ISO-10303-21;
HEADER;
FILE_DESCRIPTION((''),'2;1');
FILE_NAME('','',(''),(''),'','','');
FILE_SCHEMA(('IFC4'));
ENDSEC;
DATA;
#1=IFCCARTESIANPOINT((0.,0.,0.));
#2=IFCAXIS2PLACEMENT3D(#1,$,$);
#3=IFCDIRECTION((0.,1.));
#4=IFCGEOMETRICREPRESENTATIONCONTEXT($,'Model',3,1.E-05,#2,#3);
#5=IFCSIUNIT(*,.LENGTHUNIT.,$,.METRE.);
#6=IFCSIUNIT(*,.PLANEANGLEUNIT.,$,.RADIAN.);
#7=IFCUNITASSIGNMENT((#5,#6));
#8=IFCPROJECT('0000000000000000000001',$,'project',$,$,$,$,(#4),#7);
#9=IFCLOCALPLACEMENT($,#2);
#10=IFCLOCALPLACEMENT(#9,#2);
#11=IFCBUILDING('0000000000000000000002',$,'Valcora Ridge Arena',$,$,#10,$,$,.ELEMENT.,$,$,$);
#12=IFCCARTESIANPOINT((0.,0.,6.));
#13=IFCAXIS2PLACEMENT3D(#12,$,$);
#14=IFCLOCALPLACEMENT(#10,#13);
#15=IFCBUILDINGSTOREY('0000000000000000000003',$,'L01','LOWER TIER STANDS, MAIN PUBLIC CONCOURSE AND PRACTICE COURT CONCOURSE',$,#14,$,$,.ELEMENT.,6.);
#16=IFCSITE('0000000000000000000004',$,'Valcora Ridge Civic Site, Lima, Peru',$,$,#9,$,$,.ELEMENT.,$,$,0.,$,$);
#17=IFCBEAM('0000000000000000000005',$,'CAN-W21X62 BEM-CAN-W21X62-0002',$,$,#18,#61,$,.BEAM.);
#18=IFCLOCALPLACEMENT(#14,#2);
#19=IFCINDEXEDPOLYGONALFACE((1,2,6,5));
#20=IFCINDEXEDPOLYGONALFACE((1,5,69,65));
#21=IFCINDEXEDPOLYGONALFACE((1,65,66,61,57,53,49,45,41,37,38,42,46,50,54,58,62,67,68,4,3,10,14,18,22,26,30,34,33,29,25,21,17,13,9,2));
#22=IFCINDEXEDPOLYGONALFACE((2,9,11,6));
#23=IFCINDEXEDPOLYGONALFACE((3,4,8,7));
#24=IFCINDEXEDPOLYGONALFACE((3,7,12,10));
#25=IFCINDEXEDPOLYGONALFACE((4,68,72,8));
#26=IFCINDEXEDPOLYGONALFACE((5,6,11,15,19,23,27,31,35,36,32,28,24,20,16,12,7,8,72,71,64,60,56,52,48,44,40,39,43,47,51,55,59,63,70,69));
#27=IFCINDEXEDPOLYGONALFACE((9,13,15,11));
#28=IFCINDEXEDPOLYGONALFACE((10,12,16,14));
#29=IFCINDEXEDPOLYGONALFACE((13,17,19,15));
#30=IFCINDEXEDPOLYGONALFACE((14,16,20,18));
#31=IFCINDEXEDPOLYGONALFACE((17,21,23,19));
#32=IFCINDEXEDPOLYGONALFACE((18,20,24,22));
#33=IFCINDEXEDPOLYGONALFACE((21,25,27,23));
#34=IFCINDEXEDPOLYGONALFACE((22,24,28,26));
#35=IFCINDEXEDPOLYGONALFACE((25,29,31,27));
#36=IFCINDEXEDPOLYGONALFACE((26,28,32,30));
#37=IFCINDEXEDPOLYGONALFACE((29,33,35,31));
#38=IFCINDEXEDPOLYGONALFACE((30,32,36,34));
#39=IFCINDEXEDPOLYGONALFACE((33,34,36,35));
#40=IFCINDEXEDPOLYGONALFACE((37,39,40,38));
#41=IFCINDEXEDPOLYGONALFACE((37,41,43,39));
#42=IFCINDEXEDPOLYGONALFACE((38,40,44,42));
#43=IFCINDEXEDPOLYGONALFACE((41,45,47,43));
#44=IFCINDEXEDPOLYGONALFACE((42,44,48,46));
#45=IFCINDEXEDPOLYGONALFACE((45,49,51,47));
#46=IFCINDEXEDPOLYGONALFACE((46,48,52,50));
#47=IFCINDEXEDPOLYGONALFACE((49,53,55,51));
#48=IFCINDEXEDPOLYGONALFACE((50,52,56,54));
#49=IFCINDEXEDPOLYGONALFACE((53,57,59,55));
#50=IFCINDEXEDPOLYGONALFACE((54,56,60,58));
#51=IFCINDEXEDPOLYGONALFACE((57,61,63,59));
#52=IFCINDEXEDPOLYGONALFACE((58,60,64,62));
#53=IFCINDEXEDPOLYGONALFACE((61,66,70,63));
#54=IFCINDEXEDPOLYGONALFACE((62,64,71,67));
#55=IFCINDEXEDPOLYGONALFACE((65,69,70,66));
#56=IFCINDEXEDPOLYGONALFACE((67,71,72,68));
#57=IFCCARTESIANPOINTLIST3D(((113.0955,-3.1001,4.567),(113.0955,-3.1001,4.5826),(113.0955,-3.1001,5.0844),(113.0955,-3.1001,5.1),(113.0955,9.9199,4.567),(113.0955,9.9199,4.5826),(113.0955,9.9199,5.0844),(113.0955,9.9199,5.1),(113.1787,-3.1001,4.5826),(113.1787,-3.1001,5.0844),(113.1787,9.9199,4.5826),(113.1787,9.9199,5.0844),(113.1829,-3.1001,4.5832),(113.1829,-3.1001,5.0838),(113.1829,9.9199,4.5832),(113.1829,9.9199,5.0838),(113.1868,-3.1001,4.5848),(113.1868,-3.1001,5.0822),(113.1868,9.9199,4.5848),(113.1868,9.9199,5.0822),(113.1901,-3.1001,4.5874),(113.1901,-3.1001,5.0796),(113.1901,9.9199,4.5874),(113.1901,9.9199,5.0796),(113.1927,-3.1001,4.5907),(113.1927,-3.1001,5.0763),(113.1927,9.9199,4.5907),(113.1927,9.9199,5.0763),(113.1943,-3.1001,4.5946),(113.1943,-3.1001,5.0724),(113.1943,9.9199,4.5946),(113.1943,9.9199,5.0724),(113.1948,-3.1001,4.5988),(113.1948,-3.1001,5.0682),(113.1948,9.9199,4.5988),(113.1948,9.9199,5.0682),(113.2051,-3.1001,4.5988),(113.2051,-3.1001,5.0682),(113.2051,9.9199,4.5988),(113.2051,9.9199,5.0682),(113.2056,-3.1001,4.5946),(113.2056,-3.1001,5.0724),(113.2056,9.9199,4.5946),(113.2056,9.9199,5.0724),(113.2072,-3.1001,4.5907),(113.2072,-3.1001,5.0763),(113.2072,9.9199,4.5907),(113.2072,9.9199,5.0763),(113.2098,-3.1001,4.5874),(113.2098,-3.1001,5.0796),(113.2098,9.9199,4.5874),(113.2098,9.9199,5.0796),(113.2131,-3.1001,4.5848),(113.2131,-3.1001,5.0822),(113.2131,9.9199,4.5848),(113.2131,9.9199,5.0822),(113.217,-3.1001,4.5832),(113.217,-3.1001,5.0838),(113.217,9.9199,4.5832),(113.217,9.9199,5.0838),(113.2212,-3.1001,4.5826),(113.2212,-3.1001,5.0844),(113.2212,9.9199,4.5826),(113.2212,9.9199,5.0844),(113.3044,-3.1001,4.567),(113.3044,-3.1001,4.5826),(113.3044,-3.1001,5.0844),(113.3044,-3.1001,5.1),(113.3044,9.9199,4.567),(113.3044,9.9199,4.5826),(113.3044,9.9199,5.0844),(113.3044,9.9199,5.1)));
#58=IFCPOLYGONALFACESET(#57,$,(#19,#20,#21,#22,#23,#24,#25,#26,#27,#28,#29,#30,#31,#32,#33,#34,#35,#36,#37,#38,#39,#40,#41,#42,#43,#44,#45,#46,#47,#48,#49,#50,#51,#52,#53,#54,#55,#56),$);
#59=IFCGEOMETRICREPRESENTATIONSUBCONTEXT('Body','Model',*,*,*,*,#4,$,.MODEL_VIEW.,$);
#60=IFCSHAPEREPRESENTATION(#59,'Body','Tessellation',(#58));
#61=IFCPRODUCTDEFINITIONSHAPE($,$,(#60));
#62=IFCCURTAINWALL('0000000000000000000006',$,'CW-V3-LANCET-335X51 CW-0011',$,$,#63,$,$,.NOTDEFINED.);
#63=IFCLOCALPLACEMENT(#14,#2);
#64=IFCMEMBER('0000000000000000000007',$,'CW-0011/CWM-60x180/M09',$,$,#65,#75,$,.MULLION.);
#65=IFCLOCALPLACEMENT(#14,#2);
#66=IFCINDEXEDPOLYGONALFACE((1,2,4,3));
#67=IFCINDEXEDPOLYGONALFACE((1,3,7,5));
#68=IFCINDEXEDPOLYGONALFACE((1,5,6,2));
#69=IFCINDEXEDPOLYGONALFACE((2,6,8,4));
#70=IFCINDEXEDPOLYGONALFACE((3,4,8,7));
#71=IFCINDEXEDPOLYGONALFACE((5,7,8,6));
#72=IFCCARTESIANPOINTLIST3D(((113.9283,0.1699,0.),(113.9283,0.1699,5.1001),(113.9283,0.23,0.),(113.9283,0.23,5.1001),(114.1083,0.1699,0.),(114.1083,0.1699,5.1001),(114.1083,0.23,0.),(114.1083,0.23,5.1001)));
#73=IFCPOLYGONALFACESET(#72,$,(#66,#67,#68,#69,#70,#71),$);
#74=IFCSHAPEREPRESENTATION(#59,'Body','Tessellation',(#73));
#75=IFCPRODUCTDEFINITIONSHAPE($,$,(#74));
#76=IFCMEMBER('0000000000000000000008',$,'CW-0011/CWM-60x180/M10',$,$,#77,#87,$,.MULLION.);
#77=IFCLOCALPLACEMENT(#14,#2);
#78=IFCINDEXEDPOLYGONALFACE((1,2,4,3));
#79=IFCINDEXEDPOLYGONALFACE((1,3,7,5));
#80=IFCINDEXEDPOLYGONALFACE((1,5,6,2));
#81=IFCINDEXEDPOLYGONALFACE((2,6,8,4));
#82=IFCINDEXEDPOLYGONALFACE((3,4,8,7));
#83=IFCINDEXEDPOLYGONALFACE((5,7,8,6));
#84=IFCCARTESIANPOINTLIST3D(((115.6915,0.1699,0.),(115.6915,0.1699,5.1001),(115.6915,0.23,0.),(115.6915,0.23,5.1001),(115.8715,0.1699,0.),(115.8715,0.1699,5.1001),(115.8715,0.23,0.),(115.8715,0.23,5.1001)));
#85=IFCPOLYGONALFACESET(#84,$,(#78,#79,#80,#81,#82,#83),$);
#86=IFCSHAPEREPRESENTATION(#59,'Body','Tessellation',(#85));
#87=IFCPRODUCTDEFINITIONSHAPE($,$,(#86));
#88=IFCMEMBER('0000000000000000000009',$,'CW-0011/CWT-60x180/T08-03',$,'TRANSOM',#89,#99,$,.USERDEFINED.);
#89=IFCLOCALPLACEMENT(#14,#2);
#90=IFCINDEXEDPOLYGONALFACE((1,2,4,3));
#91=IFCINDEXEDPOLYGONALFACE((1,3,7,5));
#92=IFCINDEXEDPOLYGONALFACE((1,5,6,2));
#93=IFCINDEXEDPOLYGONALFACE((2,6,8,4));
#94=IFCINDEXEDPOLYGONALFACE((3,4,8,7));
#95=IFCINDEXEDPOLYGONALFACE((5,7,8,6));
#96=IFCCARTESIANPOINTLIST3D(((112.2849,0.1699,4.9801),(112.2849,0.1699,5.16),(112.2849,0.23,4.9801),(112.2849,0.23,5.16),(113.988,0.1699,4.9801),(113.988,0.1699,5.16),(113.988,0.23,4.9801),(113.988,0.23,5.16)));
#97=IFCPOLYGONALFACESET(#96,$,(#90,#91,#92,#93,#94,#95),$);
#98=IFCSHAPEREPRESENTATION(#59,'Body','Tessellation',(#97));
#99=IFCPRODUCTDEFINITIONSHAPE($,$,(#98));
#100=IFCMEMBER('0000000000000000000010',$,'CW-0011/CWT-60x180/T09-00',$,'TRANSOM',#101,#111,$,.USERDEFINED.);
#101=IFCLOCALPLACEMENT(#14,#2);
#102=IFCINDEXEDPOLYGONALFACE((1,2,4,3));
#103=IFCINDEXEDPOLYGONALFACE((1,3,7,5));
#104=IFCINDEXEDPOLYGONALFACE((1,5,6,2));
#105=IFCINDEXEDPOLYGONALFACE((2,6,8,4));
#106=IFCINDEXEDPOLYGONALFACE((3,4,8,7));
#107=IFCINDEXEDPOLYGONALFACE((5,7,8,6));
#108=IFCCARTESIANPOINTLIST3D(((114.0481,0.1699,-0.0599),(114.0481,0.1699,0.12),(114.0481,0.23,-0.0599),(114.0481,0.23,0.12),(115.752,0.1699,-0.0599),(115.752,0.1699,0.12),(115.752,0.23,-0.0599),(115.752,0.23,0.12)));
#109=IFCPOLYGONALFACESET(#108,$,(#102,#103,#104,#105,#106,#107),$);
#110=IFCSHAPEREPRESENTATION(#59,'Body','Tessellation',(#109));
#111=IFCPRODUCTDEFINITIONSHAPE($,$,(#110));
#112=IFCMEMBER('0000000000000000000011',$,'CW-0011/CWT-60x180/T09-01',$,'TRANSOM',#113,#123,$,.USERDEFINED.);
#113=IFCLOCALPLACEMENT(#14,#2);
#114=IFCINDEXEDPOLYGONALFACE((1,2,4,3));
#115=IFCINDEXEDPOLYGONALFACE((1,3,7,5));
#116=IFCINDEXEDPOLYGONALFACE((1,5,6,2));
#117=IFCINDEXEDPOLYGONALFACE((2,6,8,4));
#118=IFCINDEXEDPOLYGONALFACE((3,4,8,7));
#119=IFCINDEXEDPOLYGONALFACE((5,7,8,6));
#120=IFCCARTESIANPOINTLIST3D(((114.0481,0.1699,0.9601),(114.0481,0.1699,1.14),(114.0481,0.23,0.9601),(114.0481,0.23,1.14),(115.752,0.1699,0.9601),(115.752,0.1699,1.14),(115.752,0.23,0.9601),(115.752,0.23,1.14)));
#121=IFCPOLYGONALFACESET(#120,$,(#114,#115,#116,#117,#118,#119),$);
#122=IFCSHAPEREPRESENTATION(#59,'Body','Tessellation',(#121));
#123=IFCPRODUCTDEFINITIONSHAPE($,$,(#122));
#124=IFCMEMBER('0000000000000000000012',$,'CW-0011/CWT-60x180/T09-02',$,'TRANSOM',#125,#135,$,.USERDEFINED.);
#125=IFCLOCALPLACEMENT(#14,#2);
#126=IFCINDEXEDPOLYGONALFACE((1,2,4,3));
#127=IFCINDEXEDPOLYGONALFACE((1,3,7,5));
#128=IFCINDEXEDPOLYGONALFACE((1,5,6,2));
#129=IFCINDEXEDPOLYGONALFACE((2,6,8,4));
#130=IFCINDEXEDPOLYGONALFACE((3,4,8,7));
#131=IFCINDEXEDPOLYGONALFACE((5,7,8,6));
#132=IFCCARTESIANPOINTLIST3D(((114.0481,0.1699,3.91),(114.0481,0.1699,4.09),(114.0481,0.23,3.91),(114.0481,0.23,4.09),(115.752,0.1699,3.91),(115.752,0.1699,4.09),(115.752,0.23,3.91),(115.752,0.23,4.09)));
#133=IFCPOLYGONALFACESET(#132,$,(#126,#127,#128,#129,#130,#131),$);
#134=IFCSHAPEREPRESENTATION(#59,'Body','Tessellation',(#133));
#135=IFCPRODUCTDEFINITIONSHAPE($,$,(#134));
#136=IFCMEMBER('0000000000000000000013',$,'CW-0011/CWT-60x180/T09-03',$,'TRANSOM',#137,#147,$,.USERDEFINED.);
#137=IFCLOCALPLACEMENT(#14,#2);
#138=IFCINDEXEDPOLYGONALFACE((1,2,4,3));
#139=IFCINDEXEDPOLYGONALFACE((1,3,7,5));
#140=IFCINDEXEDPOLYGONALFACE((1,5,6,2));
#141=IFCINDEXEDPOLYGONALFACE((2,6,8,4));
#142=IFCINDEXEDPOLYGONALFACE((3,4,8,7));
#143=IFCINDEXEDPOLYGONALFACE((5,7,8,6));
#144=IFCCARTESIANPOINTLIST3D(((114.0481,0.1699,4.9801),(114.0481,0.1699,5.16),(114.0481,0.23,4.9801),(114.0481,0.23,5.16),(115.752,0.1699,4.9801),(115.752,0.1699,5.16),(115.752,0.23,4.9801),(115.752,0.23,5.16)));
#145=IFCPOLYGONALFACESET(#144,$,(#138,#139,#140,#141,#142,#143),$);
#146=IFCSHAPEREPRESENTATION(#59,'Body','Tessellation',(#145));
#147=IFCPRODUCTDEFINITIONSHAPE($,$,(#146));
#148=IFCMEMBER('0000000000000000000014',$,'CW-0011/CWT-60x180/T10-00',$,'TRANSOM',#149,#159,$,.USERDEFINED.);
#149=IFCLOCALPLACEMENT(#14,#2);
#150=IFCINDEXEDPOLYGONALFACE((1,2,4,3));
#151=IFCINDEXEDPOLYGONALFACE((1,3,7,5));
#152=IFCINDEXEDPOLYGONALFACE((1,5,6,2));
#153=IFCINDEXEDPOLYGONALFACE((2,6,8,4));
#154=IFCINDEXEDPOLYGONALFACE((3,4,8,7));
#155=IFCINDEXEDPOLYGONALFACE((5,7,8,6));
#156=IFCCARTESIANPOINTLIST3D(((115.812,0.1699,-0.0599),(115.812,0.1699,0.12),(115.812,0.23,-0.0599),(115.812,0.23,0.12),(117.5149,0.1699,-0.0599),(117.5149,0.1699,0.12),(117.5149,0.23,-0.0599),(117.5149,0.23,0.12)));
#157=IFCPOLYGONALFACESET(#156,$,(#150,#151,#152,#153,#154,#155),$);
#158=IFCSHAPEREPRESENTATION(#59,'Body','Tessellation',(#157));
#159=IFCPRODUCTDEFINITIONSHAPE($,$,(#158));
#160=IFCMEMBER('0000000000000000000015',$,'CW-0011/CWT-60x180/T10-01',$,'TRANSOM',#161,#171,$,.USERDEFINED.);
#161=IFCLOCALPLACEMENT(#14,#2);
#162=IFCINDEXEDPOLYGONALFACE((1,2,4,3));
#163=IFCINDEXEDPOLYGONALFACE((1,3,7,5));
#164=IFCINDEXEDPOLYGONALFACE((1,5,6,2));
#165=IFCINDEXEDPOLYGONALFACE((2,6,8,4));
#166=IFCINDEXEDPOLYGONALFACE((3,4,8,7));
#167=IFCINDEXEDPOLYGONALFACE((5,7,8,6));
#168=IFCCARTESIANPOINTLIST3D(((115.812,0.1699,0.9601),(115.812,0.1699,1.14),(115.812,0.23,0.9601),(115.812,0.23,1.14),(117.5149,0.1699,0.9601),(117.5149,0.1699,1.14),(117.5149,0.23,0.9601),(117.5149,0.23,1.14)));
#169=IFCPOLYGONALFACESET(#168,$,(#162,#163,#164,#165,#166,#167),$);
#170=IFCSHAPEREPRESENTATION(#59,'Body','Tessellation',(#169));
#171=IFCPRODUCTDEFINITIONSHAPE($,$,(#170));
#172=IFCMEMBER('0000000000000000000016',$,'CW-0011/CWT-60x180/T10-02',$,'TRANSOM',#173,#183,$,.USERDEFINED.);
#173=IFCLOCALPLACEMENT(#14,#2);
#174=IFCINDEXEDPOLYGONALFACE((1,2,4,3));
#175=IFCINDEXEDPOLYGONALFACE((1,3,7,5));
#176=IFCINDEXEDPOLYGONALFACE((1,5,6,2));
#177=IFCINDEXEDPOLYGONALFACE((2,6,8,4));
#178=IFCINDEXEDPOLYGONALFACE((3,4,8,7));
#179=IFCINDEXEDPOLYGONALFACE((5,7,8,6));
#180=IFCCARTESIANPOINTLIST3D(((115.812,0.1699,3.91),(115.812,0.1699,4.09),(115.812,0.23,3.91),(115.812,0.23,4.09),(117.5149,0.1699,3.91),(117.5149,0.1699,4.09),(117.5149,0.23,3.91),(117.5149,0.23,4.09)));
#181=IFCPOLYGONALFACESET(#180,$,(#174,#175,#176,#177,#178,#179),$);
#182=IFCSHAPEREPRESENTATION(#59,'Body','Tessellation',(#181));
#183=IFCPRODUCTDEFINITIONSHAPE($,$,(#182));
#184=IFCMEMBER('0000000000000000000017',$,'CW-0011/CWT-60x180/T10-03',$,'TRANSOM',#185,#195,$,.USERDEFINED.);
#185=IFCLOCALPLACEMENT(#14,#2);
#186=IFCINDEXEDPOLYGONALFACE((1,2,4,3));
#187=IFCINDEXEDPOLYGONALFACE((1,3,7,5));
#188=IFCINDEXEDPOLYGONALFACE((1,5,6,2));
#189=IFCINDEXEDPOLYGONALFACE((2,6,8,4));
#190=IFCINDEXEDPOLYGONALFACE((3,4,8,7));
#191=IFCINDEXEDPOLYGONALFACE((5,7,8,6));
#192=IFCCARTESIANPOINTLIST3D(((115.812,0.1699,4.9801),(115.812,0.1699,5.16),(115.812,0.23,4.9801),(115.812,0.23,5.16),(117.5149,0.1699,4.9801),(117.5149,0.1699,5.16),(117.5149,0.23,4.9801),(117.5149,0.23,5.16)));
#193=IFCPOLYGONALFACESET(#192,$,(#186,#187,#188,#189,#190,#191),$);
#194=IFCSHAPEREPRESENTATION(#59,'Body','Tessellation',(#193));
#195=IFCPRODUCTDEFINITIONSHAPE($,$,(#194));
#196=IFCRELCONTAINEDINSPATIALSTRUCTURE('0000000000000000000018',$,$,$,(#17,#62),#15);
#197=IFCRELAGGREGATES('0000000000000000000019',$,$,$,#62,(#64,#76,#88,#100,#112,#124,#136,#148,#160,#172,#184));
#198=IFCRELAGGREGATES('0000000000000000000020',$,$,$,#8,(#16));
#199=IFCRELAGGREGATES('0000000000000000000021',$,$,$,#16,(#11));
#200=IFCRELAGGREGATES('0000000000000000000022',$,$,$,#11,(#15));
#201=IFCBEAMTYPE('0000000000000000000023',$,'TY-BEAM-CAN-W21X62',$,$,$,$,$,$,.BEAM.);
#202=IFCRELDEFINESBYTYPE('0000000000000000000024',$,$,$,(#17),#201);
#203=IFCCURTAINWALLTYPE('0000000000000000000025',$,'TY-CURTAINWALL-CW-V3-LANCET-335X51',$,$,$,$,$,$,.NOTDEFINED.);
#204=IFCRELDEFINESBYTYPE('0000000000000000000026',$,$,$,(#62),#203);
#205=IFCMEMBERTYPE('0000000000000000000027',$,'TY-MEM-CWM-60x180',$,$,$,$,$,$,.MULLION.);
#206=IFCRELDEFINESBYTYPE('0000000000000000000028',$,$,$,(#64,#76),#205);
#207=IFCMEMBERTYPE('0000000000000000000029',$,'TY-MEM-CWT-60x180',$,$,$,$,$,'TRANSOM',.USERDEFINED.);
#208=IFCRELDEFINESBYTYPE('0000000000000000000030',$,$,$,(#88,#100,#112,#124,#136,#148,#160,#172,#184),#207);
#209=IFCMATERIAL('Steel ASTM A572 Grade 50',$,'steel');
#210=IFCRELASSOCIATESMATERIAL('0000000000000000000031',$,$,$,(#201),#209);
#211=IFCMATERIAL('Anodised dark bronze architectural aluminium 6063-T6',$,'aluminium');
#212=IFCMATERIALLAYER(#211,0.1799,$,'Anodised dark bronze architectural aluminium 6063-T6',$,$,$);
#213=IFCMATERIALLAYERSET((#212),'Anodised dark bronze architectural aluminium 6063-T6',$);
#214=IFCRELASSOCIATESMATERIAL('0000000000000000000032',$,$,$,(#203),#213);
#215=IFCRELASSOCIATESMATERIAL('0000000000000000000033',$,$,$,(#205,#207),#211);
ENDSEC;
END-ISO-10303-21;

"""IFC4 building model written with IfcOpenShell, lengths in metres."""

from ifc_helpers import new_model, si_unit, direction, frame, origin, origin_2d, place, context, subcontext, project, spatial, rectangle, i_section, extrude, material, layer, layer_set, material_profile, profile_set, type_object, element, aggregate, save


model = new_model("IFC4")

# Units and contexts
model_context = context("Model", 3, precision=1e-05, world=origin(), true_north=direction((0.0, 1.0)))
body_context = subcontext(model_context, "Body", "Model", "MODEL_VIEW")
ifc_project = project(units=[si_unit("LENGTHUNIT", "METRE"), si_unit("PLANEANGLEUNIT", "RADIAN")], contexts=[model_context])

# Site, building, storey
site_placement = place(None, origin())
site = spatial("IfcSite", under=ifc_project, at=site_placement, Name="Valcora Ridge Civic Site, Lima, Peru", CompositionType="ELEMENT", RefElevation=0.0)
building_placement = place(site_placement, origin())
building = spatial("IfcBuilding", under=site, at=building_placement, Name="Valcora Ridge Arena", CompositionType="ELEMENT")
storey_placement = place(building_placement, frame((0.0, 0.0, 6.0)))
storey = spatial("IfcBuildingStorey", under=building, at=storey_placement, Name="L01", Description="LOWER TIER STANDS, MAIN PUBLIC CONCOURSE AND PRACTICE COURT CONCOURSE", CompositionType="ELEMENT", Elevation=6.0)

# Beam
ifc_material_1 = material(Name="Steel ASTM A572 Grade 50", Category="steel")
ifc_material_profile_1 = material_profile(ifc_material_1, i_section(OverallWidth=0.209, OverallDepth=0.533, WebThickness=0.0103, FlangeThickness=0.0156, FilletRadius=0.0161, at=origin_2d()), Name="W21X62")
ifc_profile_set_1 = profile_set([ifc_material_profile_1], Name="Steel ASTM A572 Grade 50")
beam_type = type_object("IfcBeamType", Name="TY-BEAM-CAN-W21X62", PredefinedType="BEAM", material=ifc_profile_set_1)
beam_placement = place(storey_placement, frame((113.2, -3.1001, 4.8335), z_axis=(0.0, 1.0, 0.0), x_axis=(-1.0, 0.0, 0.0)))
element("IfcBeam", 1, at=beam_placement, inside=storey, type_object=beam_type, Name="CAN-W21X62 BEM-CAN-W21X62-0002", PredefinedType="BEAM", context=body_context, shape_type="SweptSolid", body=[
    extrude(i_section(OverallWidth=0.209, OverallDepth=0.533, WebThickness=0.0103, FlangeThickness=0.0156, FilletRadius=0.0161, at=origin_2d()), origin(), (0.0, 0.0, 1.0), 13.02),
])

# Curtain wall, members
ifc_material_2 = material(Name="Anodised dark bronze architectural aluminium 6063-T6", Category="aluminium")
ifc_layer_1 = layer(ifc_material_2, 0.1799, Name="Anodised dark bronze architectural aluminium 6063-T6")
ifc_layer_set_1 = layer_set([ifc_layer_1], Name="Anodised dark bronze architectural aluminium 6063-T6")
curtain_wall_type = type_object("IfcCurtainWallType", Name="TY-CURTAINWALL-CW-V3-LANCET-335X51", PredefinedType="NOTDEFINED", material=ifc_layer_set_1)
curtain_wall_placement = place(storey_placement, origin())
curtain_wall = element("IfcCurtainWall", 2, at=curtain_wall_placement, inside=storey, type_object=curtain_wall_type, Name="CW-V3-LANCET-335X51 CW-0011", PredefinedType="NOTDEFINED")
ifc_material_profile_2 = material_profile(ifc_material_2, rectangle(XDim=0.0601, YDim=0.1799, at=origin_2d()), Name="ALU MULLION 60x180")
ifc_profile_set_2 = profile_set([ifc_material_profile_2], Name="Anodised dark bronze architectural aluminium 6063-T6")
member_type_1 = type_object("IfcMemberType", Name="TY-MEM-CWM-60x180", PredefinedType="MULLION", material=ifc_profile_set_2)
member_1_placement = place(storey_placement, frame((114.0183, 0.2, 0.0), z_axis=(0.0, 0.0, 1.0), x_axis=(0.0, 1.0, 0.0)))
member_1 = element("IfcMember", 3, at=member_1_placement, type_object=member_type_1, Name="CW-0011/CWM-60x180/M09", PredefinedType="MULLION", context=body_context, shape_type="SweptSolid", body=[
    extrude(rectangle(XDim=0.0601, YDim=0.1799, at=origin_2d()), origin(), (0.0, 0.0, 1.0), 5.1001),
])
member_2_placement = place(storey_placement, frame((115.7815, 0.2, 0.0), z_axis=(0.0, 0.0, 1.0), x_axis=(0.0, 1.0, 0.0)))
member_2 = element("IfcMember", 4, at=member_2_placement, type_object=member_type_1, Name="CW-0011/CWM-60x180/M10", PredefinedType="MULLION", context=body_context, shape_type="SweptSolid", body=[
    extrude(rectangle(XDim=0.0601, YDim=0.1799, at=origin_2d()), origin(), (0.0, 0.0, 1.0), 5.1001),
])
ifc_material_profile_3 = material_profile(ifc_material_2, rectangle(XDim=0.0601, YDim=0.1799, at=origin_2d()), Name="ALU TRANSOM 60x180")
ifc_profile_set_3 = profile_set([ifc_material_profile_3], Name="Anodised dark bronze architectural aluminium 6063-T6")
member_type_2 = type_object("IfcMemberType", Name="TY-MEM-CWT-60x180", ElementType="TRANSOM", PredefinedType="USERDEFINED", material=ifc_profile_set_3)
member_3_placement = place(storey_placement, frame((112.2849, 0.2, 5.0701), z_axis=(1.0, 0.0, 0.0), x_axis=(0.0, 1.0, 0.0)))
member_3 = element("IfcMember", 5, at=member_3_placement, type_object=member_type_2, Name="CW-0011/CWT-60x180/T08-03", ObjectType="TRANSOM", PredefinedType="USERDEFINED", context=body_context, shape_type="SweptSolid", body=[
    extrude(rectangle(XDim=0.0601, YDim=0.1799, at=origin_2d()), origin(), (0.0, 0.0, 1.0), 1.7031),
])
member_4_placement = place(storey_placement, frame((114.0481, 0.2, 0.03), z_axis=(1.0, 0.0, 0.0), x_axis=(0.0, 1.0, 0.0)))
member_4 = element("IfcMember", 6, at=member_4_placement, type_object=member_type_2, Name="CW-0011/CWT-60x180/T09-00", ObjectType="TRANSOM", PredefinedType="USERDEFINED", context=body_context, shape_type="SweptSolid", body=[
    extrude(rectangle(XDim=0.0601, YDim=0.1799, at=origin_2d()), origin(), (0.0, 0.0, 1.0), 1.7039),
])
member_5_placement = place(storey_placement, frame((114.0481, 0.2, 1.05), z_axis=(1.0, 0.0, 0.0), x_axis=(0.0, 1.0, 0.0)))
member_5 = element("IfcMember", 7, at=member_5_placement, type_object=member_type_2, Name="CW-0011/CWT-60x180/T09-01", ObjectType="TRANSOM", PredefinedType="USERDEFINED", context=body_context, shape_type="SweptSolid", body=[
    extrude(rectangle(XDim=0.0601, YDim=0.1799, at=origin_2d()), origin(), (0.0, 0.0, 1.0), 1.7039),
])
member_6_placement = place(storey_placement, frame((114.0481, 0.2, 4.0), z_axis=(1.0, 0.0, 0.0), x_axis=(0.0, 1.0, 0.0)))
member_6 = element("IfcMember", 8, at=member_6_placement, type_object=member_type_2, Name="CW-0011/CWT-60x180/T09-02", ObjectType="TRANSOM", PredefinedType="USERDEFINED", context=body_context, shape_type="SweptSolid", body=[
    extrude(rectangle(XDim=0.0601, YDim=0.1799, at=origin_2d()), origin(), (0.0, 0.0, 1.0), 1.7039),
])
member_7_placement = place(storey_placement, frame((114.0481, 0.2, 5.0701), z_axis=(1.0, 0.0, 0.0), x_axis=(0.0, 1.0, 0.0)))
member_7 = element("IfcMember", 9, at=member_7_placement, type_object=member_type_2, Name="CW-0011/CWT-60x180/T09-03", ObjectType="TRANSOM", PredefinedType="USERDEFINED", context=body_context, shape_type="SweptSolid", body=[
    extrude(rectangle(XDim=0.0601, YDim=0.1799, at=origin_2d()), origin(), (0.0, 0.0, 1.0), 1.7039),
])
member_8_placement = place(storey_placement, frame((115.812, 0.2, 0.03), z_axis=(1.0, 0.0, 0.0), x_axis=(0.0, 1.0, 0.0)))
member_8 = element("IfcMember", 10, at=member_8_placement, type_object=member_type_2, Name="CW-0011/CWT-60x180/T10-00", ObjectType="TRANSOM", PredefinedType="USERDEFINED", context=body_context, shape_type="SweptSolid", body=[
    extrude(rectangle(XDim=0.0601, YDim=0.1799, at=origin_2d()), origin(), (0.0, 0.0, 1.0), 1.7029),
])
member_9_placement = place(storey_placement, frame((115.812, 0.2, 1.05), z_axis=(1.0, 0.0, 0.0), x_axis=(0.0, 1.0, 0.0)))
member_9 = element("IfcMember", 11, at=member_9_placement, type_object=member_type_2, Name="CW-0011/CWT-60x180/T10-01", ObjectType="TRANSOM", PredefinedType="USERDEFINED", context=body_context, shape_type="SweptSolid", body=[
    extrude(rectangle(XDim=0.0601, YDim=0.1799, at=origin_2d()), origin(), (0.0, 0.0, 1.0), 1.7029),
])
member_10_placement = place(storey_placement, frame((115.812, 0.2, 4.0), z_axis=(1.0, 0.0, 0.0), x_axis=(0.0, 1.0, 0.0)))
member_10 = element("IfcMember", 12, at=member_10_placement, type_object=member_type_2, Name="CW-0011/CWT-60x180/T10-02", ObjectType="TRANSOM", PredefinedType="USERDEFINED", context=body_context, shape_type="SweptSolid", body=[
    extrude(rectangle(XDim=0.0601, YDim=0.1799, at=origin_2d()), origin(), (0.0, 0.0, 1.0), 1.7029),
])
member_11_placement = place(storey_placement, frame((115.812, 0.2, 5.0701), z_axis=(1.0, 0.0, 0.0), x_axis=(0.0, 1.0, 0.0)))
member_11 = element("IfcMember", 13, at=member_11_placement, type_object=member_type_2, Name="CW-0011/CWT-60x180/T10-03", ObjectType="TRANSOM", PredefinedType="USERDEFINED", context=body_context, shape_type="SweptSolid", body=[
    extrude(rectangle(XDim=0.0601, YDim=0.1799, at=origin_2d()), origin(), (0.0, 0.0, 1.0), 1.7029),
])
aggregate(curtain_wall, [member_1, member_2, member_3, member_4, member_5, member_6, member_7, member_8, member_9, member_10, member_11])

save(model, "model.ifc")
